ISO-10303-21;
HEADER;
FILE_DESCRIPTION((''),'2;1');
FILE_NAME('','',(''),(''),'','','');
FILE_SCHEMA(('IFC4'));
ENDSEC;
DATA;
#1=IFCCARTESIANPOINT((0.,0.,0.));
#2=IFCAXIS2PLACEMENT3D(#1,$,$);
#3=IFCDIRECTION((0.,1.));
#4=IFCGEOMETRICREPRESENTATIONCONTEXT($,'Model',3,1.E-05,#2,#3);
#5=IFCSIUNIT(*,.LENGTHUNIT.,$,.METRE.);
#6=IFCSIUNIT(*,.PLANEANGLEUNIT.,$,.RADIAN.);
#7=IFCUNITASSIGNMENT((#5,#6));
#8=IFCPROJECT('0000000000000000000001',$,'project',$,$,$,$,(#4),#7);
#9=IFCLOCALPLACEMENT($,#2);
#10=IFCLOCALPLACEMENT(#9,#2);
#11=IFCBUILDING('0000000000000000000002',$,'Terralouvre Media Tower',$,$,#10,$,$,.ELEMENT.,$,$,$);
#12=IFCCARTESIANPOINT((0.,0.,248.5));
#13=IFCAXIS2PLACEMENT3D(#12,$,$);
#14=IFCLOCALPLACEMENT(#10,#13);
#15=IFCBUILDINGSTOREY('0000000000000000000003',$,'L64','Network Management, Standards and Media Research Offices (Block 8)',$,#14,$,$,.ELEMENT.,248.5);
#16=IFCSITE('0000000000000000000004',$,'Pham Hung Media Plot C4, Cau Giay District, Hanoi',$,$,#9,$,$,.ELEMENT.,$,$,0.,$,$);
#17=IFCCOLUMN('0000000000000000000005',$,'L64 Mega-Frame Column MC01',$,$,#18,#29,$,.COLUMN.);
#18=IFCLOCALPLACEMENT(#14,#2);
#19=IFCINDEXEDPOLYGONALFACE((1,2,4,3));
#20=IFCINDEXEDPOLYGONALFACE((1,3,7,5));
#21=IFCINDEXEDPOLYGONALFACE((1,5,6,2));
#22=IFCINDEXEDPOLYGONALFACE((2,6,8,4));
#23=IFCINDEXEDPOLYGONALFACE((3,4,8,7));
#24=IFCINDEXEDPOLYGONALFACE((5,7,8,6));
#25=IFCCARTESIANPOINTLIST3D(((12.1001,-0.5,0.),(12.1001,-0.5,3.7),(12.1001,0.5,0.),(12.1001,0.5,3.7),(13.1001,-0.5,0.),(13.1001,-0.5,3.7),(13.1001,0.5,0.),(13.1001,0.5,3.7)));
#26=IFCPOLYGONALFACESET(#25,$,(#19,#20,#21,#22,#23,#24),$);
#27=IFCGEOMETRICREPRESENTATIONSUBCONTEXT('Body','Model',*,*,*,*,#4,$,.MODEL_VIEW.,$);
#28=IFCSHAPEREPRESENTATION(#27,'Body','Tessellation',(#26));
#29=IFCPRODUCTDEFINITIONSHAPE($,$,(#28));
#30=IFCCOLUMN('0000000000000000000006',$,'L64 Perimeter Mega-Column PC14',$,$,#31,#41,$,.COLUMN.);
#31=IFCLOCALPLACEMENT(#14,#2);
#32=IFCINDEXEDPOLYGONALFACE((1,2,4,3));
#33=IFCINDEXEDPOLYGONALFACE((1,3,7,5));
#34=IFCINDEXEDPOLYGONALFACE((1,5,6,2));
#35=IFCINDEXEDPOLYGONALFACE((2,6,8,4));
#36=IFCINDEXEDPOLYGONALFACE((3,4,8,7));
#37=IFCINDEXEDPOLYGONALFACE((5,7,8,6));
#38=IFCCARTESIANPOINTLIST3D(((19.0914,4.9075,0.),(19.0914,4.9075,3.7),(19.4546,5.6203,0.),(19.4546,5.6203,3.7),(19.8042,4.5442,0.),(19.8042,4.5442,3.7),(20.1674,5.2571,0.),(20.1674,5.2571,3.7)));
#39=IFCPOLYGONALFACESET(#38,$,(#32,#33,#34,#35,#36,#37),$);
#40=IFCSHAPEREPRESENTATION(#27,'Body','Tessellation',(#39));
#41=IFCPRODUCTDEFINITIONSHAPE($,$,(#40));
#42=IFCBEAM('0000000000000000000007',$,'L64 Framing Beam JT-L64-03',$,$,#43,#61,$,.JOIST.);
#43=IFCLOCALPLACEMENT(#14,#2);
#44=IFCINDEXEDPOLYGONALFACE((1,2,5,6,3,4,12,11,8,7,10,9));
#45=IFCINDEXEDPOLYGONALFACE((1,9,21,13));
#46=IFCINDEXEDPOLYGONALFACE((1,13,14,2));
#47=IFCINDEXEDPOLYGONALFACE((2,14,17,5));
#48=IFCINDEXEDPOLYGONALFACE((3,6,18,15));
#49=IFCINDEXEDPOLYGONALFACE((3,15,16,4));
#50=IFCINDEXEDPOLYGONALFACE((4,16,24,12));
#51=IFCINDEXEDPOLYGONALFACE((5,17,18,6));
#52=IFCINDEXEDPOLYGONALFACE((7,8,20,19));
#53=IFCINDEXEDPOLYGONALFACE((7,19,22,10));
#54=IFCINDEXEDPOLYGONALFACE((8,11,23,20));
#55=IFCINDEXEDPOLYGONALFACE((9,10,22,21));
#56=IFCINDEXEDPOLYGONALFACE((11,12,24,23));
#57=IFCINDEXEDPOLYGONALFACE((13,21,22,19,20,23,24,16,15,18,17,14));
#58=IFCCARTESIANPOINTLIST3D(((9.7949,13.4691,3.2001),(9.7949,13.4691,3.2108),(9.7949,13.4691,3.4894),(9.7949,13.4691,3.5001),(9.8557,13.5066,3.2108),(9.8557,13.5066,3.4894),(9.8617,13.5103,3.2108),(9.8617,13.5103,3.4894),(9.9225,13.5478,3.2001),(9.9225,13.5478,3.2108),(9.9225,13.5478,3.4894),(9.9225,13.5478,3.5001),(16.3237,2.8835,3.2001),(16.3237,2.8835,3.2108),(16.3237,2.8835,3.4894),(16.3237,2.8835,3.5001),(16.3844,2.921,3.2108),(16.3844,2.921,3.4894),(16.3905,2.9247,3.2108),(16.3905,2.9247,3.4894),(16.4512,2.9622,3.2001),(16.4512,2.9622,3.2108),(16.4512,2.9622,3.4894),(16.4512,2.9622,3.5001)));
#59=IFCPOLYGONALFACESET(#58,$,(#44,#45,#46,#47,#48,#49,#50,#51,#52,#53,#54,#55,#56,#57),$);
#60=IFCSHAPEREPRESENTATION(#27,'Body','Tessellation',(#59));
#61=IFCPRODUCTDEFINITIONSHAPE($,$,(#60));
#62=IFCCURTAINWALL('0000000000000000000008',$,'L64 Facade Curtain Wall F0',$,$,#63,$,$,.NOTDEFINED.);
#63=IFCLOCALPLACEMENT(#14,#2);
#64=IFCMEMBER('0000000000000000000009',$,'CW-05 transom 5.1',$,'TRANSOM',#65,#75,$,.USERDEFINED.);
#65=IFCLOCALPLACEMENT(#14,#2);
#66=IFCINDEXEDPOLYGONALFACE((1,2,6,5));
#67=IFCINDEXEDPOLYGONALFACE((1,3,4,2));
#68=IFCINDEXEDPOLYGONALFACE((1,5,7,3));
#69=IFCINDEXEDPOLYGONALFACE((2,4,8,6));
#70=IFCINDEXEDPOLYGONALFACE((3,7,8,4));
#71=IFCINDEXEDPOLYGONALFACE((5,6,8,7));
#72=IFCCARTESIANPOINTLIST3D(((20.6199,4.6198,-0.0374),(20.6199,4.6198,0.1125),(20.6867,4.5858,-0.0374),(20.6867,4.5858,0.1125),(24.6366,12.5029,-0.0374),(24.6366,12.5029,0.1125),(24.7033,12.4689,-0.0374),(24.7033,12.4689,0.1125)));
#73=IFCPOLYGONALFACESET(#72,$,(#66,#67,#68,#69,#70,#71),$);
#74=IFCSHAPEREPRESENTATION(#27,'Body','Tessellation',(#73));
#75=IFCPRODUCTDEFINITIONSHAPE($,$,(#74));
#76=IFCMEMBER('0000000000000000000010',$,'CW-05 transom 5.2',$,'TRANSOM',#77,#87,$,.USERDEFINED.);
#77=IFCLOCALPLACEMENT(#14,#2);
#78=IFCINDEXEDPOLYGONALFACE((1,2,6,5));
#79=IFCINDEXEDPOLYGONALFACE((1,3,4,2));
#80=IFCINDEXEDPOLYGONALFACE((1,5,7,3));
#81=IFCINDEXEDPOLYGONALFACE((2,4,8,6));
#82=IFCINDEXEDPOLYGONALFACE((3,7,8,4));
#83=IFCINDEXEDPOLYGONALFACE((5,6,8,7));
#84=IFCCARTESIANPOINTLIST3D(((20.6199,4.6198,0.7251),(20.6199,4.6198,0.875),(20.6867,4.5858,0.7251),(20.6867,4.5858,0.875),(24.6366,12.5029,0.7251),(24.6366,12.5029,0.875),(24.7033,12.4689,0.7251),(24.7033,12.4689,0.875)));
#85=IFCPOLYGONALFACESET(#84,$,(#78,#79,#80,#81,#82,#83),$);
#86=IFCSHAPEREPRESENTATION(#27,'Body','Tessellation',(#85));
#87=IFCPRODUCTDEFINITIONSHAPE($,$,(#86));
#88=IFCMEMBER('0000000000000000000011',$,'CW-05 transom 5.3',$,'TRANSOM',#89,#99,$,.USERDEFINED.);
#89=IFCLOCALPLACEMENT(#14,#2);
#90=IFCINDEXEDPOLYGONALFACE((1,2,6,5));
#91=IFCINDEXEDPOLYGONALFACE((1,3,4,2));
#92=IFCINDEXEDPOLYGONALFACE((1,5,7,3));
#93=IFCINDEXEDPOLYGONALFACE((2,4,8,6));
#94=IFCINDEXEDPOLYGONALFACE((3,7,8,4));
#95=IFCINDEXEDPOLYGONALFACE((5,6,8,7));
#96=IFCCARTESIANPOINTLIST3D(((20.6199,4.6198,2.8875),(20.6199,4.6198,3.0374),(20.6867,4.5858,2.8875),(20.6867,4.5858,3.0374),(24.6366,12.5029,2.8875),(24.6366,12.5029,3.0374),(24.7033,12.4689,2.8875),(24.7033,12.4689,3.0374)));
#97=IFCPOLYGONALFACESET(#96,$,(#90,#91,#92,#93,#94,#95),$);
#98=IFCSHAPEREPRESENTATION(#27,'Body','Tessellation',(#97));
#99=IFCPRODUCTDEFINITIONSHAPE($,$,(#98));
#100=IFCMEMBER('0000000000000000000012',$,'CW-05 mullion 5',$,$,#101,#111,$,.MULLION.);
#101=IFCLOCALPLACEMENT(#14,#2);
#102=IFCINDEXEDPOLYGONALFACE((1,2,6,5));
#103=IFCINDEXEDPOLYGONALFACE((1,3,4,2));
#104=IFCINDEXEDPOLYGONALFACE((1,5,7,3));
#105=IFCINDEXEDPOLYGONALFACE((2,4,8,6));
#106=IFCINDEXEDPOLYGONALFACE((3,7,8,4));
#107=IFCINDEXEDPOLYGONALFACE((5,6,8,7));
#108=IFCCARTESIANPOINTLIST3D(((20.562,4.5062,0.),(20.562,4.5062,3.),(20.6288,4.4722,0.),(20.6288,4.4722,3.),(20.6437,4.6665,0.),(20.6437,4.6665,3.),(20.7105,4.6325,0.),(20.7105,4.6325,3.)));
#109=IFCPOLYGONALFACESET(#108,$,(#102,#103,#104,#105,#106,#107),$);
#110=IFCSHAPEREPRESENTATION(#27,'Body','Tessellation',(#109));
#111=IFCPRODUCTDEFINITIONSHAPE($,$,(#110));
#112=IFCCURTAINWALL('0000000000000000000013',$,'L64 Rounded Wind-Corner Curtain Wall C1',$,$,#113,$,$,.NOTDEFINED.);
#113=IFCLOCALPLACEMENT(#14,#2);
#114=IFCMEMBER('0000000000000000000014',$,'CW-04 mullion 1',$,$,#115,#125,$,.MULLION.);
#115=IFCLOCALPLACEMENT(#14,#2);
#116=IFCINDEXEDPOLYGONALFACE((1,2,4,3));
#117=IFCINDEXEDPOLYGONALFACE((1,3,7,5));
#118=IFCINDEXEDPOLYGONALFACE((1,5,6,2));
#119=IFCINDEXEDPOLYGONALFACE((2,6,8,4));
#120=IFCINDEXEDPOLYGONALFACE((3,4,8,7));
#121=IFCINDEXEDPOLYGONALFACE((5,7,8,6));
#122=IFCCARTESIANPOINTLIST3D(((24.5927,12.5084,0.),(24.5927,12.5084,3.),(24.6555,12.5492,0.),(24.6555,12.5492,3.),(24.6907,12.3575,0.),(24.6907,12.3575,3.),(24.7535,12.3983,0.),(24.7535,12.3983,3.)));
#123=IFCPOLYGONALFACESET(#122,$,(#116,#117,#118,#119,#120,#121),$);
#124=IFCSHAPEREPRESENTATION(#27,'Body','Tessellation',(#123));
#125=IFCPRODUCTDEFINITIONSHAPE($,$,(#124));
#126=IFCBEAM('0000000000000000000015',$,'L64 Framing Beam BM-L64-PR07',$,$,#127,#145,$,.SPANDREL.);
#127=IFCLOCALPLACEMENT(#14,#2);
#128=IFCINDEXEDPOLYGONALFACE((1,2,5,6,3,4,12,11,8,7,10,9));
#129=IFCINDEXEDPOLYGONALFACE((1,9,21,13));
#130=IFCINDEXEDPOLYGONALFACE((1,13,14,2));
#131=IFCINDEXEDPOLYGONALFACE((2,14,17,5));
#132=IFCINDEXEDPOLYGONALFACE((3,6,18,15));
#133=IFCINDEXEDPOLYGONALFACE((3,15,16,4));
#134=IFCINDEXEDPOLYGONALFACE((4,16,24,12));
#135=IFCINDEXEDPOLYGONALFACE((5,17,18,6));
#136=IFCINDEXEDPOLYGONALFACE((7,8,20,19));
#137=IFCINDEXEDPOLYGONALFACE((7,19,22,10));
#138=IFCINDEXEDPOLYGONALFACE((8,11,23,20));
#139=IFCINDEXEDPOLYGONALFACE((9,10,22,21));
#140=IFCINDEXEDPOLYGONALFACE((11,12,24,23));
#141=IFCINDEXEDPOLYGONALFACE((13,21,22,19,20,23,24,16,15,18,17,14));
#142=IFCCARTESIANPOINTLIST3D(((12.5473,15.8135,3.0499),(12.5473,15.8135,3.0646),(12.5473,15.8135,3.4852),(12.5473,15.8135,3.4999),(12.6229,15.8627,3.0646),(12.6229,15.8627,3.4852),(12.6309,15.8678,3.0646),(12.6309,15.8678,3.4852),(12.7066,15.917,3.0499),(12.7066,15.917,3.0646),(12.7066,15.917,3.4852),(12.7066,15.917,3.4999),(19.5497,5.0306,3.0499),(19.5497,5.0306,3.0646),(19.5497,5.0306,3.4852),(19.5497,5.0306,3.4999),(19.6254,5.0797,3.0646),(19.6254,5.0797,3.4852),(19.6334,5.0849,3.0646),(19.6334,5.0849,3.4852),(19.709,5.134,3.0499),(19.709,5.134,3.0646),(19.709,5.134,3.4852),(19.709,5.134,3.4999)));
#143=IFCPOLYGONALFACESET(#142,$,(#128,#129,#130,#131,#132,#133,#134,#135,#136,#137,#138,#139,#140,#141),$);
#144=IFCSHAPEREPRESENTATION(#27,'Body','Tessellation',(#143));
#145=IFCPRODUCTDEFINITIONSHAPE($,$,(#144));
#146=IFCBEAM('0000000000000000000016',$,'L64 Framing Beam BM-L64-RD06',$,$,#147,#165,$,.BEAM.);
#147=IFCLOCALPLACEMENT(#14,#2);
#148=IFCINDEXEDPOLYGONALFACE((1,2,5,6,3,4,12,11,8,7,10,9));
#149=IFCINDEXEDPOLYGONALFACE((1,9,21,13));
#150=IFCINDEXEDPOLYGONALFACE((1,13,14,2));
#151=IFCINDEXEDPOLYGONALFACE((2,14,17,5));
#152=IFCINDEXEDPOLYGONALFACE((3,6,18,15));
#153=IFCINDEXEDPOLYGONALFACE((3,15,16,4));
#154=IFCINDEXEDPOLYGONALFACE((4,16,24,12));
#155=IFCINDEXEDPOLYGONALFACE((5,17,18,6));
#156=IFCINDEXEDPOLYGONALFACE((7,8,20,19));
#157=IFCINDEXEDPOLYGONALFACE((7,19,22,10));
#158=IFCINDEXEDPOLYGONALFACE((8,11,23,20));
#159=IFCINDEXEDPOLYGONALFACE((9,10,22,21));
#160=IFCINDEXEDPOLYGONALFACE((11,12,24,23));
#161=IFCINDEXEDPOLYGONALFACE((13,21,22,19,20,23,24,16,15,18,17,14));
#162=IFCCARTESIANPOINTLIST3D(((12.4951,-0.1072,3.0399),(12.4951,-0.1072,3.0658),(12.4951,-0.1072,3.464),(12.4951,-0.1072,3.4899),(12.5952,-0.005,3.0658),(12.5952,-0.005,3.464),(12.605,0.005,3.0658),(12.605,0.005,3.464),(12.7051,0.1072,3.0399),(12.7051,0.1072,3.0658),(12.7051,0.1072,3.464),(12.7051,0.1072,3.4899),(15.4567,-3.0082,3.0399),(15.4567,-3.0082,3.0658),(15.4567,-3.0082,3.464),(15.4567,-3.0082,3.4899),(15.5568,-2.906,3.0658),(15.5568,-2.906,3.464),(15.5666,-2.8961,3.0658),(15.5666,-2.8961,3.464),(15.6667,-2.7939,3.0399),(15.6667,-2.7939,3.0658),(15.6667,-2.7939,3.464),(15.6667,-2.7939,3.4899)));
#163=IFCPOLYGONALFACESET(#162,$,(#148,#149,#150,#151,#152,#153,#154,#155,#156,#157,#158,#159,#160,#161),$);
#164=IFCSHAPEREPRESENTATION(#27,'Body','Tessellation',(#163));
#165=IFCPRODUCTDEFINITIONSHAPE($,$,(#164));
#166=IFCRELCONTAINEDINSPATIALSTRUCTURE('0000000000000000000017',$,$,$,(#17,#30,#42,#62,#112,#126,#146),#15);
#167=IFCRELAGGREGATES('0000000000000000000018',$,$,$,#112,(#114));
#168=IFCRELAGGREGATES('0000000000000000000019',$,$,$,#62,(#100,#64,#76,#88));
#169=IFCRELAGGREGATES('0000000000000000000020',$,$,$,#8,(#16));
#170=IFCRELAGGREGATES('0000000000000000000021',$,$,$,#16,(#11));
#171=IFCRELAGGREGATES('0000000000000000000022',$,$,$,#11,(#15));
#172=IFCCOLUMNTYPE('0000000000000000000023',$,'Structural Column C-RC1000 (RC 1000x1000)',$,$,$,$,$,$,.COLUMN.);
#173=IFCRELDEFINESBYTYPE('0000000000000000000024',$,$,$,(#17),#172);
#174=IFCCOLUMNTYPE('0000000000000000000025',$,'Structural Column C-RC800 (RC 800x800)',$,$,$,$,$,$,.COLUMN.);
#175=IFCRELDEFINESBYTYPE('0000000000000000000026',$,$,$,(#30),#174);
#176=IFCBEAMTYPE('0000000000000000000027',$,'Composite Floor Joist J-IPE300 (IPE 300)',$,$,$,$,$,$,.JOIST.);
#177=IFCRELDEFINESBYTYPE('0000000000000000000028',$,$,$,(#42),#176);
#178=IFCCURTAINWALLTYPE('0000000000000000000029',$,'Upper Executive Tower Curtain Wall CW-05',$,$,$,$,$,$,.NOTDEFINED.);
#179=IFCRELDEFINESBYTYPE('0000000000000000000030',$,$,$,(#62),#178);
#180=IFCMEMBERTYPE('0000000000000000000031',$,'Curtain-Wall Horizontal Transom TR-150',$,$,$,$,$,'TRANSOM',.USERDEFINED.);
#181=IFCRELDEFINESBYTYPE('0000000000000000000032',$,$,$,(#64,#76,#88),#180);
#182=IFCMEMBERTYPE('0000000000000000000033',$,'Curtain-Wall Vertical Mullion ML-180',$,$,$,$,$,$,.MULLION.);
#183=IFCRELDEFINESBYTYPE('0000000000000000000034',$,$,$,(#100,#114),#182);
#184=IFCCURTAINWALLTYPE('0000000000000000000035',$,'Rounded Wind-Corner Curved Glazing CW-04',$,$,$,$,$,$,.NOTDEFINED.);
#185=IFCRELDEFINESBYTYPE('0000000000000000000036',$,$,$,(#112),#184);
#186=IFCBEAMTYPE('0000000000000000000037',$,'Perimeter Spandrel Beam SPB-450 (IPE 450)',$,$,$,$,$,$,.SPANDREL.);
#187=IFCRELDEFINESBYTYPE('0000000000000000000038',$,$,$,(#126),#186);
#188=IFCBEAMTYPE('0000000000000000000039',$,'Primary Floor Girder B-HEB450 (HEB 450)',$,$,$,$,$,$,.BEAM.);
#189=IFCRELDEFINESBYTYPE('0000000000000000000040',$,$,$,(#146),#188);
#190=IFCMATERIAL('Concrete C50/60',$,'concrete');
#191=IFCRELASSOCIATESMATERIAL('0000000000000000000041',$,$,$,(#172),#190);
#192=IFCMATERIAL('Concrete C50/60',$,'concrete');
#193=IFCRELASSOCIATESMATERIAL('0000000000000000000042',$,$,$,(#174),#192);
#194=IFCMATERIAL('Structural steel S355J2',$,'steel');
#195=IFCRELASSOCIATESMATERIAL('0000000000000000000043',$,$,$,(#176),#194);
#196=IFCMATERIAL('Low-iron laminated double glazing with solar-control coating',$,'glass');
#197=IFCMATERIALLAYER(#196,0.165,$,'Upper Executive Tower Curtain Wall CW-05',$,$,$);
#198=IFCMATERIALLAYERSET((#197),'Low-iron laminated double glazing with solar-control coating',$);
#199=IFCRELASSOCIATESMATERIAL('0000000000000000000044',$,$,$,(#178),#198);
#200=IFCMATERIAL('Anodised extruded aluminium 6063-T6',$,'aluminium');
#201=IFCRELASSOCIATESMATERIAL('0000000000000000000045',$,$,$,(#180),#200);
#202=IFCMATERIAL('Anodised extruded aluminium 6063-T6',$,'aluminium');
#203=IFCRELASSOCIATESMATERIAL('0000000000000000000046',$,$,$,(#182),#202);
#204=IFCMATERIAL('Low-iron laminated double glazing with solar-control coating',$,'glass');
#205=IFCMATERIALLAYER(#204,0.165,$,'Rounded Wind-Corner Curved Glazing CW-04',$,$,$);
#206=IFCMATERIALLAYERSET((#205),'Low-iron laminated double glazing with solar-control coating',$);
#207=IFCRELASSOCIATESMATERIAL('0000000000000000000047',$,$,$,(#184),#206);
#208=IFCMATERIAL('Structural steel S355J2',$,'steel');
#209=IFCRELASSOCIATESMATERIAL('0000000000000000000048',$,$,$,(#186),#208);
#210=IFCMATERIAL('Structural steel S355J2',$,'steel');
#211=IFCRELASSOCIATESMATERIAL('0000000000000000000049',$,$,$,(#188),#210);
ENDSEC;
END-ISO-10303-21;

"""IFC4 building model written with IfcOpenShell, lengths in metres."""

from ifc_helpers import new_model, si_unit, direction, frame, origin, origin_2d, place, context, subcontext, project, spatial, rectangle, i_section, extrude, material, layer, layer_set, material_profile, profile_set, type_object, element, aggregate, save


model = new_model("IFC4")

# Units and contexts
model_context = context("Model", 3, precision=1e-05, world=origin(), true_north=direction((0.0, 1.0)))
body_context = subcontext(model_context, "Body", "Model", "MODEL_VIEW")
ifc_project = project(units=[si_unit("LENGTHUNIT", "METRE"), si_unit("PLANEANGLEUNIT", "RADIAN")], contexts=[model_context])

# Site, building, storey
site_placement = place(None, origin())
site = spatial("IfcSite", under=ifc_project, at=site_placement, Name="Pham Hung Media Plot C4, Cau Giay District, Hanoi", CompositionType="ELEMENT", RefElevation=0.0)
building_placement = place(site_placement, origin())
building = spatial("IfcBuilding", under=site, at=building_placement, Name="Terralouvre Media Tower", CompositionType="ELEMENT")
storey_placement = place(building_placement, frame((0.0, 0.0, 248.5)))
storey = spatial("IfcBuildingStorey", under=building, at=storey_placement, Name="L64", Description="Network Management, Standards and Media Research Offices (Block 8)", CompositionType="ELEMENT", Elevation=248.5)

# Columns
ifc_material_1 = material(Name="Concrete C50/60", Category="concrete")
ifc_material_profile_1 = material_profile(ifc_material_1, rectangle(XDim=1.0, YDim=1.0, at=origin_2d()), Name="RC 1000x1000")
ifc_profile_set_1 = profile_set([ifc_material_profile_1], Name="Concrete C50/60")
column_type_1 = type_object("IfcColumnType", Name="Structural Column C-RC1000 (RC 1000x1000)", PredefinedType="COLUMN", material=ifc_profile_set_1)
column_1_placement = place(storey_placement, frame((12.6001, 0.0, 0.0), z_axis=(0.0, 0.0, 1.0), x_axis=(1.0, 0.0, 0.0)))
element("IfcColumn", 1, at=column_1_placement, inside=storey, type_object=column_type_1, Name="L64 Mega-Frame Column MC01", PredefinedType="COLUMN", context=body_context, shape_type="SweptSolid", body=[
    extrude(rectangle(XDim=1.0, YDim=1.0, at=origin_2d()), origin(), (0.0, 0.0, 1.0), 3.7),
])
ifc_material_2 = material(Name="Concrete C50/60", Category="concrete")
ifc_material_profile_2 = material_profile(ifc_material_2, rectangle(XDim=0.8, YDim=0.8, at=origin_2d()), Name="RC 800x800")
ifc_profile_set_2 = profile_set([ifc_material_profile_2], Name="Concrete C50/60")
column_type_2 = type_object("IfcColumnType", Name="Structural Column C-RC800 (RC 800x800)", PredefinedType="COLUMN", material=ifc_profile_set_2)
column_2_placement = place(storey_placement, frame((19.6294, 5.0823, 0.0), z_axis=(0.0, 0.0, 1.0), x_axis=(0.45399, 0.891007, 0.0)))
element("IfcColumn", 2, at=column_2_placement, inside=storey, type_object=column_type_2, Name="L64 Perimeter Mega-Column PC14", PredefinedType="COLUMN", context=body_context, shape_type="SweptSolid", body=[
    extrude(rectangle(XDim=0.8, YDim=0.8, at=origin_2d()), origin(), (0.0, 0.0, 1.0), 3.7),
])

# Beam
ifc_material_3 = material(Name="Structural steel S355J2", Category="steel")
ifc_material_profile_3 = material_profile(ifc_material_3, i_section(OverallWidth=0.1499, OverallDepth=0.3, WebThickness=0.0071, FlangeThickness=0.0107, at=origin_2d()), Name="IPE 300")
ifc_profile_set_3 = profile_set([ifc_material_profile_3], Name="Structural steel S355J2")
beam_type_1 = type_object("IfcBeamType", Name="Composite Floor Joist J-IPE300 (IPE 300)", PredefinedType="JOIST", material=ifc_profile_set_3)
beam_1_placement = place(storey_placement, frame((16.3875, 2.9229, 3.3501), z_axis=(-0.524945, 0.851136, 0.0), x_axis=(-0.851136, -0.524945, 0.0)))
element("IfcBeam", 3, at=beam_1_placement, inside=storey, type_object=beam_type_1, Name="L64 Framing Beam JT-L64-03", PredefinedType="JOIST", context=body_context, shape_type="SweptSolid", body=[
    extrude(i_section(OverallWidth=0.1499, OverallDepth=0.3, WebThickness=0.0071, FlangeThickness=0.0107, at=origin_2d()), origin(), (0.0, 0.0, 1.0), 12.437),
])

# Curtain wall, members
ifc_material_4 = material(Name="Low-iron laminated double glazing with solar-control coating", Category="glass")
ifc_layer_1 = layer(ifc_material_4, 0.165, Name="Upper Executive Tower Curtain Wall CW-05")
ifc_layer_set_1 = layer_set([ifc_layer_1], Name="Low-iron laminated double glazing with solar-control coating")
curtain_wall_type_1 = type_object("IfcCurtainWallType", Name="Upper Executive Tower Curtain Wall CW-05", PredefinedType="NOTDEFINED", material=ifc_layer_set_1)
curtain_wall_1_placement = place(storey_placement, origin())
curtain_wall_1 = element("IfcCurtainWall", 4, at=curtain_wall_1_placement, inside=storey, type_object=curtain_wall_type_1, Name="L64 Facade Curtain Wall F0", PredefinedType="NOTDEFINED")
ifc_material_5 = material(Name="Anodised extruded aluminium 6063-T6", Category="aluminium")
ifc_material_profile_4 = material_profile(ifc_material_5, rectangle(XDim=0.075, YDim=0.1499, at=origin_2d()), Name="ALU 75x150")
ifc_profile_set_4 = profile_set([ifc_material_profile_4], Name="Anodised extruded aluminium 6063-T6")
member_type_1 = type_object("IfcMemberType", Name="Curtain-Wall Horizontal Transom TR-150", ElementType="TRANSOM", PredefinedType="USERDEFINED", material=ifc_profile_set_4)
member_1_placement = place(storey_placement, frame((20.6533, 4.6028, 0.0376), z_axis=(0.453989, 0.891007, 0.0), x_axis=(-0.891007, 0.453989, 0.0)))
member_1 = element("IfcMember", 5, at=member_1_placement, type_object=member_type_1, Name="CW-05 transom 5.1", ObjectType="TRANSOM", PredefinedType="USERDEFINED", context=body_context, shape_type="SweptSolid", body=[
    extrude(rectangle(XDim=0.075, YDim=0.1499, at=origin_2d()), origin(), (0.0, 0.0, 1.0), 8.8474),
])
member_2_placement = place(storey_placement, frame((20.6533, 4.6028, 0.8), z_axis=(0.453989, 0.891007, 0.0), x_axis=(-0.891007, 0.453989, 0.0)))
member_2 = element("IfcMember", 6, at=member_2_placement, type_object=member_type_1, Name="CW-05 transom 5.2", ObjectType="TRANSOM", PredefinedType="USERDEFINED", context=body_context, shape_type="SweptSolid", body=[
    extrude(rectangle(XDim=0.075, YDim=0.1499, at=origin_2d()), origin(), (0.0, 0.0, 1.0), 8.8474),
])
member_3_placement = place(storey_placement, frame((20.6533, 4.6028, 2.9624), z_axis=(0.453989, 0.891007, 0.0), x_axis=(-0.891007, 0.453989, 0.0)))
member_3 = element("IfcMember", 7, at=member_3_placement, type_object=member_type_1, Name="CW-05 transom 5.3", ObjectType="TRANSOM", PredefinedType="USERDEFINED", context=body_context, shape_type="SweptSolid", body=[
    extrude(rectangle(XDim=0.075, YDim=0.1499, at=origin_2d()), origin(), (0.0, 0.0, 1.0), 8.8474),
])
ifc_material_6 = material(Name="Anodised extruded aluminium 6063-T6", Category="aluminium")
ifc_material_profile_5 = material_profile(ifc_material_6, rectangle(XDim=0.075, YDim=0.1799, at=origin_2d()), Name="ALU 75x180")
ifc_profile_set_5 = profile_set([ifc_material_profile_5], Name="Anodised extruded aluminium 6063-T6")
member_type_2 = type_object("IfcMemberType", Name="Curtain-Wall Vertical Mullion ML-180", PredefinedType="MULLION", material=ifc_profile_set_5)
member_4_placement = place(storey_placement, frame((20.6362, 4.5693, 0.0), z_axis=(0.0, 0.0, 1.0), x_axis=(-0.891007, 0.45399, 0.0)))
member_4 = element("IfcMember", 8, at=member_4_placement, type_object=member_type_2, Name="CW-05 mullion 5", PredefinedType="MULLION", context=body_context, shape_type="SweptSolid", body=[
    extrude(rectangle(XDim=0.075, YDim=0.1799, at=origin_2d()), origin(), (0.0, 0.0, 1.0), 3.0),
])

# Curtain wall, member
ifc_material_7 = material(Name="Low-iron laminated double glazing with solar-control coating", Category="glass")
ifc_layer_2 = layer(ifc_material_7, 0.165, Name="Rounded Wind-Corner Curved Glazing CW-04")
ifc_layer_set_2 = layer_set([ifc_layer_2], Name="Low-iron laminated double glazing with solar-control coating")
curtain_wall_type_2 = type_object("IfcCurtainWallType", Name="Rounded Wind-Corner Curved Glazing CW-04", PredefinedType="NOTDEFINED", material=ifc_layer_set_2)
curtain_wall_2_placement = place(storey_placement, origin())
curtain_wall_2 = element("IfcCurtainWall", 9, at=curtain_wall_2_placement, inside=storey, type_object=curtain_wall_type_2, Name="L64 Rounded Wind-Corner Curtain Wall C1", PredefinedType="NOTDEFINED")
member_5_placement = place(storey_placement, frame((24.6731, 12.4534, 0.0), z_axis=(0.0, 0.0, 1.0), x_axis=(-0.83867, -0.544639, 0.0)))
member_5 = element("IfcMember", 10, at=member_5_placement, type_object=member_type_2, Name="CW-04 mullion 1", PredefinedType="MULLION", context=body_context, shape_type="SweptSolid", body=[
    extrude(rectangle(XDim=0.075, YDim=0.1799, at=origin_2d()), origin(), (0.0, 0.0, 1.0), 3.0),
])
aggregate(curtain_wall_2, [member_5])

# Beams
ifc_material_8 = material(Name="Structural steel S355J2", Category="steel")
ifc_material_profile_6 = material_profile(ifc_material_8, i_section(OverallWidth=0.1899, OverallDepth=0.45, WebThickness=0.0095, FlangeThickness=0.0146, at=origin_2d()), Name="IPE 450")
ifc_profile_set_6 = profile_set([ifc_material_profile_6], Name="Structural steel S355J2")
beam_type_2 = type_object("IfcBeamType", Name="Perimeter Spandrel Beam SPB-450 (IPE 450)", PredefinedType="SPANDREL", material=ifc_profile_set_6)
beam_2_placement = place(storey_placement, frame((19.6294, 5.0823, 3.2749), z_axis=(-0.544634, 0.838674, 0.0), x_axis=(-0.838674, -0.544634, 0.0)))
element("IfcBeam", 11, at=beam_2_placement, inside=storey, type_object=beam_type_2, Name="L64 Framing Beam BM-L64-PR07", PredefinedType="SPANDREL", context=body_context, shape_type="SweptSolid", body=[
    extrude(i_section(OverallWidth=0.1899, OverallDepth=0.45, WebThickness=0.0095, FlangeThickness=0.0146, at=origin_2d()), origin(), (0.0, 0.0, 1.0), 12.8572),
])
ifc_material_9 = material(Name="Structural steel S355J2", Category="steel")
ifc_material_profile_7 = material_profile(ifc_material_9, i_section(OverallWidth=0.3, OverallDepth=0.45, WebThickness=0.0139, FlangeThickness=0.0259, at=origin_2d()), Name="HEB 450")
ifc_profile_set_7 = profile_set([ifc_material_profile_7], Name="Structural steel S355J2")
beam_type_3 = type_object("IfcBeamType", Name="Primary Floor Girder B-HEB450 (HEB 450)", PredefinedType="BEAM", material=ifc_profile_set_7)
beam_3_placement = place(storey_placement, frame((12.6001, 0.0, 3.2649), z_axis=(0.714371, -0.699767, 0.0), x_axis=(0.699767, 0.714371, 0.0)))
element("IfcBeam", 12, at=beam_3_placement, inside=storey, type_object=beam_type_3, Name="L64 Framing Beam BM-L64-RD06", PredefinedType="BEAM", context=body_context, shape_type="SweptSolid", body=[
    extrude(i_section(OverallWidth=0.3, OverallDepth=0.45, WebThickness=0.0139, FlangeThickness=0.0259, at=origin_2d()), origin(), (0.0, 0.0, 1.0), 4.1458),
])

aggregate(curtain_wall_1, [member_4, member_1, member_2, member_3])

save(model, "model.ifc")
